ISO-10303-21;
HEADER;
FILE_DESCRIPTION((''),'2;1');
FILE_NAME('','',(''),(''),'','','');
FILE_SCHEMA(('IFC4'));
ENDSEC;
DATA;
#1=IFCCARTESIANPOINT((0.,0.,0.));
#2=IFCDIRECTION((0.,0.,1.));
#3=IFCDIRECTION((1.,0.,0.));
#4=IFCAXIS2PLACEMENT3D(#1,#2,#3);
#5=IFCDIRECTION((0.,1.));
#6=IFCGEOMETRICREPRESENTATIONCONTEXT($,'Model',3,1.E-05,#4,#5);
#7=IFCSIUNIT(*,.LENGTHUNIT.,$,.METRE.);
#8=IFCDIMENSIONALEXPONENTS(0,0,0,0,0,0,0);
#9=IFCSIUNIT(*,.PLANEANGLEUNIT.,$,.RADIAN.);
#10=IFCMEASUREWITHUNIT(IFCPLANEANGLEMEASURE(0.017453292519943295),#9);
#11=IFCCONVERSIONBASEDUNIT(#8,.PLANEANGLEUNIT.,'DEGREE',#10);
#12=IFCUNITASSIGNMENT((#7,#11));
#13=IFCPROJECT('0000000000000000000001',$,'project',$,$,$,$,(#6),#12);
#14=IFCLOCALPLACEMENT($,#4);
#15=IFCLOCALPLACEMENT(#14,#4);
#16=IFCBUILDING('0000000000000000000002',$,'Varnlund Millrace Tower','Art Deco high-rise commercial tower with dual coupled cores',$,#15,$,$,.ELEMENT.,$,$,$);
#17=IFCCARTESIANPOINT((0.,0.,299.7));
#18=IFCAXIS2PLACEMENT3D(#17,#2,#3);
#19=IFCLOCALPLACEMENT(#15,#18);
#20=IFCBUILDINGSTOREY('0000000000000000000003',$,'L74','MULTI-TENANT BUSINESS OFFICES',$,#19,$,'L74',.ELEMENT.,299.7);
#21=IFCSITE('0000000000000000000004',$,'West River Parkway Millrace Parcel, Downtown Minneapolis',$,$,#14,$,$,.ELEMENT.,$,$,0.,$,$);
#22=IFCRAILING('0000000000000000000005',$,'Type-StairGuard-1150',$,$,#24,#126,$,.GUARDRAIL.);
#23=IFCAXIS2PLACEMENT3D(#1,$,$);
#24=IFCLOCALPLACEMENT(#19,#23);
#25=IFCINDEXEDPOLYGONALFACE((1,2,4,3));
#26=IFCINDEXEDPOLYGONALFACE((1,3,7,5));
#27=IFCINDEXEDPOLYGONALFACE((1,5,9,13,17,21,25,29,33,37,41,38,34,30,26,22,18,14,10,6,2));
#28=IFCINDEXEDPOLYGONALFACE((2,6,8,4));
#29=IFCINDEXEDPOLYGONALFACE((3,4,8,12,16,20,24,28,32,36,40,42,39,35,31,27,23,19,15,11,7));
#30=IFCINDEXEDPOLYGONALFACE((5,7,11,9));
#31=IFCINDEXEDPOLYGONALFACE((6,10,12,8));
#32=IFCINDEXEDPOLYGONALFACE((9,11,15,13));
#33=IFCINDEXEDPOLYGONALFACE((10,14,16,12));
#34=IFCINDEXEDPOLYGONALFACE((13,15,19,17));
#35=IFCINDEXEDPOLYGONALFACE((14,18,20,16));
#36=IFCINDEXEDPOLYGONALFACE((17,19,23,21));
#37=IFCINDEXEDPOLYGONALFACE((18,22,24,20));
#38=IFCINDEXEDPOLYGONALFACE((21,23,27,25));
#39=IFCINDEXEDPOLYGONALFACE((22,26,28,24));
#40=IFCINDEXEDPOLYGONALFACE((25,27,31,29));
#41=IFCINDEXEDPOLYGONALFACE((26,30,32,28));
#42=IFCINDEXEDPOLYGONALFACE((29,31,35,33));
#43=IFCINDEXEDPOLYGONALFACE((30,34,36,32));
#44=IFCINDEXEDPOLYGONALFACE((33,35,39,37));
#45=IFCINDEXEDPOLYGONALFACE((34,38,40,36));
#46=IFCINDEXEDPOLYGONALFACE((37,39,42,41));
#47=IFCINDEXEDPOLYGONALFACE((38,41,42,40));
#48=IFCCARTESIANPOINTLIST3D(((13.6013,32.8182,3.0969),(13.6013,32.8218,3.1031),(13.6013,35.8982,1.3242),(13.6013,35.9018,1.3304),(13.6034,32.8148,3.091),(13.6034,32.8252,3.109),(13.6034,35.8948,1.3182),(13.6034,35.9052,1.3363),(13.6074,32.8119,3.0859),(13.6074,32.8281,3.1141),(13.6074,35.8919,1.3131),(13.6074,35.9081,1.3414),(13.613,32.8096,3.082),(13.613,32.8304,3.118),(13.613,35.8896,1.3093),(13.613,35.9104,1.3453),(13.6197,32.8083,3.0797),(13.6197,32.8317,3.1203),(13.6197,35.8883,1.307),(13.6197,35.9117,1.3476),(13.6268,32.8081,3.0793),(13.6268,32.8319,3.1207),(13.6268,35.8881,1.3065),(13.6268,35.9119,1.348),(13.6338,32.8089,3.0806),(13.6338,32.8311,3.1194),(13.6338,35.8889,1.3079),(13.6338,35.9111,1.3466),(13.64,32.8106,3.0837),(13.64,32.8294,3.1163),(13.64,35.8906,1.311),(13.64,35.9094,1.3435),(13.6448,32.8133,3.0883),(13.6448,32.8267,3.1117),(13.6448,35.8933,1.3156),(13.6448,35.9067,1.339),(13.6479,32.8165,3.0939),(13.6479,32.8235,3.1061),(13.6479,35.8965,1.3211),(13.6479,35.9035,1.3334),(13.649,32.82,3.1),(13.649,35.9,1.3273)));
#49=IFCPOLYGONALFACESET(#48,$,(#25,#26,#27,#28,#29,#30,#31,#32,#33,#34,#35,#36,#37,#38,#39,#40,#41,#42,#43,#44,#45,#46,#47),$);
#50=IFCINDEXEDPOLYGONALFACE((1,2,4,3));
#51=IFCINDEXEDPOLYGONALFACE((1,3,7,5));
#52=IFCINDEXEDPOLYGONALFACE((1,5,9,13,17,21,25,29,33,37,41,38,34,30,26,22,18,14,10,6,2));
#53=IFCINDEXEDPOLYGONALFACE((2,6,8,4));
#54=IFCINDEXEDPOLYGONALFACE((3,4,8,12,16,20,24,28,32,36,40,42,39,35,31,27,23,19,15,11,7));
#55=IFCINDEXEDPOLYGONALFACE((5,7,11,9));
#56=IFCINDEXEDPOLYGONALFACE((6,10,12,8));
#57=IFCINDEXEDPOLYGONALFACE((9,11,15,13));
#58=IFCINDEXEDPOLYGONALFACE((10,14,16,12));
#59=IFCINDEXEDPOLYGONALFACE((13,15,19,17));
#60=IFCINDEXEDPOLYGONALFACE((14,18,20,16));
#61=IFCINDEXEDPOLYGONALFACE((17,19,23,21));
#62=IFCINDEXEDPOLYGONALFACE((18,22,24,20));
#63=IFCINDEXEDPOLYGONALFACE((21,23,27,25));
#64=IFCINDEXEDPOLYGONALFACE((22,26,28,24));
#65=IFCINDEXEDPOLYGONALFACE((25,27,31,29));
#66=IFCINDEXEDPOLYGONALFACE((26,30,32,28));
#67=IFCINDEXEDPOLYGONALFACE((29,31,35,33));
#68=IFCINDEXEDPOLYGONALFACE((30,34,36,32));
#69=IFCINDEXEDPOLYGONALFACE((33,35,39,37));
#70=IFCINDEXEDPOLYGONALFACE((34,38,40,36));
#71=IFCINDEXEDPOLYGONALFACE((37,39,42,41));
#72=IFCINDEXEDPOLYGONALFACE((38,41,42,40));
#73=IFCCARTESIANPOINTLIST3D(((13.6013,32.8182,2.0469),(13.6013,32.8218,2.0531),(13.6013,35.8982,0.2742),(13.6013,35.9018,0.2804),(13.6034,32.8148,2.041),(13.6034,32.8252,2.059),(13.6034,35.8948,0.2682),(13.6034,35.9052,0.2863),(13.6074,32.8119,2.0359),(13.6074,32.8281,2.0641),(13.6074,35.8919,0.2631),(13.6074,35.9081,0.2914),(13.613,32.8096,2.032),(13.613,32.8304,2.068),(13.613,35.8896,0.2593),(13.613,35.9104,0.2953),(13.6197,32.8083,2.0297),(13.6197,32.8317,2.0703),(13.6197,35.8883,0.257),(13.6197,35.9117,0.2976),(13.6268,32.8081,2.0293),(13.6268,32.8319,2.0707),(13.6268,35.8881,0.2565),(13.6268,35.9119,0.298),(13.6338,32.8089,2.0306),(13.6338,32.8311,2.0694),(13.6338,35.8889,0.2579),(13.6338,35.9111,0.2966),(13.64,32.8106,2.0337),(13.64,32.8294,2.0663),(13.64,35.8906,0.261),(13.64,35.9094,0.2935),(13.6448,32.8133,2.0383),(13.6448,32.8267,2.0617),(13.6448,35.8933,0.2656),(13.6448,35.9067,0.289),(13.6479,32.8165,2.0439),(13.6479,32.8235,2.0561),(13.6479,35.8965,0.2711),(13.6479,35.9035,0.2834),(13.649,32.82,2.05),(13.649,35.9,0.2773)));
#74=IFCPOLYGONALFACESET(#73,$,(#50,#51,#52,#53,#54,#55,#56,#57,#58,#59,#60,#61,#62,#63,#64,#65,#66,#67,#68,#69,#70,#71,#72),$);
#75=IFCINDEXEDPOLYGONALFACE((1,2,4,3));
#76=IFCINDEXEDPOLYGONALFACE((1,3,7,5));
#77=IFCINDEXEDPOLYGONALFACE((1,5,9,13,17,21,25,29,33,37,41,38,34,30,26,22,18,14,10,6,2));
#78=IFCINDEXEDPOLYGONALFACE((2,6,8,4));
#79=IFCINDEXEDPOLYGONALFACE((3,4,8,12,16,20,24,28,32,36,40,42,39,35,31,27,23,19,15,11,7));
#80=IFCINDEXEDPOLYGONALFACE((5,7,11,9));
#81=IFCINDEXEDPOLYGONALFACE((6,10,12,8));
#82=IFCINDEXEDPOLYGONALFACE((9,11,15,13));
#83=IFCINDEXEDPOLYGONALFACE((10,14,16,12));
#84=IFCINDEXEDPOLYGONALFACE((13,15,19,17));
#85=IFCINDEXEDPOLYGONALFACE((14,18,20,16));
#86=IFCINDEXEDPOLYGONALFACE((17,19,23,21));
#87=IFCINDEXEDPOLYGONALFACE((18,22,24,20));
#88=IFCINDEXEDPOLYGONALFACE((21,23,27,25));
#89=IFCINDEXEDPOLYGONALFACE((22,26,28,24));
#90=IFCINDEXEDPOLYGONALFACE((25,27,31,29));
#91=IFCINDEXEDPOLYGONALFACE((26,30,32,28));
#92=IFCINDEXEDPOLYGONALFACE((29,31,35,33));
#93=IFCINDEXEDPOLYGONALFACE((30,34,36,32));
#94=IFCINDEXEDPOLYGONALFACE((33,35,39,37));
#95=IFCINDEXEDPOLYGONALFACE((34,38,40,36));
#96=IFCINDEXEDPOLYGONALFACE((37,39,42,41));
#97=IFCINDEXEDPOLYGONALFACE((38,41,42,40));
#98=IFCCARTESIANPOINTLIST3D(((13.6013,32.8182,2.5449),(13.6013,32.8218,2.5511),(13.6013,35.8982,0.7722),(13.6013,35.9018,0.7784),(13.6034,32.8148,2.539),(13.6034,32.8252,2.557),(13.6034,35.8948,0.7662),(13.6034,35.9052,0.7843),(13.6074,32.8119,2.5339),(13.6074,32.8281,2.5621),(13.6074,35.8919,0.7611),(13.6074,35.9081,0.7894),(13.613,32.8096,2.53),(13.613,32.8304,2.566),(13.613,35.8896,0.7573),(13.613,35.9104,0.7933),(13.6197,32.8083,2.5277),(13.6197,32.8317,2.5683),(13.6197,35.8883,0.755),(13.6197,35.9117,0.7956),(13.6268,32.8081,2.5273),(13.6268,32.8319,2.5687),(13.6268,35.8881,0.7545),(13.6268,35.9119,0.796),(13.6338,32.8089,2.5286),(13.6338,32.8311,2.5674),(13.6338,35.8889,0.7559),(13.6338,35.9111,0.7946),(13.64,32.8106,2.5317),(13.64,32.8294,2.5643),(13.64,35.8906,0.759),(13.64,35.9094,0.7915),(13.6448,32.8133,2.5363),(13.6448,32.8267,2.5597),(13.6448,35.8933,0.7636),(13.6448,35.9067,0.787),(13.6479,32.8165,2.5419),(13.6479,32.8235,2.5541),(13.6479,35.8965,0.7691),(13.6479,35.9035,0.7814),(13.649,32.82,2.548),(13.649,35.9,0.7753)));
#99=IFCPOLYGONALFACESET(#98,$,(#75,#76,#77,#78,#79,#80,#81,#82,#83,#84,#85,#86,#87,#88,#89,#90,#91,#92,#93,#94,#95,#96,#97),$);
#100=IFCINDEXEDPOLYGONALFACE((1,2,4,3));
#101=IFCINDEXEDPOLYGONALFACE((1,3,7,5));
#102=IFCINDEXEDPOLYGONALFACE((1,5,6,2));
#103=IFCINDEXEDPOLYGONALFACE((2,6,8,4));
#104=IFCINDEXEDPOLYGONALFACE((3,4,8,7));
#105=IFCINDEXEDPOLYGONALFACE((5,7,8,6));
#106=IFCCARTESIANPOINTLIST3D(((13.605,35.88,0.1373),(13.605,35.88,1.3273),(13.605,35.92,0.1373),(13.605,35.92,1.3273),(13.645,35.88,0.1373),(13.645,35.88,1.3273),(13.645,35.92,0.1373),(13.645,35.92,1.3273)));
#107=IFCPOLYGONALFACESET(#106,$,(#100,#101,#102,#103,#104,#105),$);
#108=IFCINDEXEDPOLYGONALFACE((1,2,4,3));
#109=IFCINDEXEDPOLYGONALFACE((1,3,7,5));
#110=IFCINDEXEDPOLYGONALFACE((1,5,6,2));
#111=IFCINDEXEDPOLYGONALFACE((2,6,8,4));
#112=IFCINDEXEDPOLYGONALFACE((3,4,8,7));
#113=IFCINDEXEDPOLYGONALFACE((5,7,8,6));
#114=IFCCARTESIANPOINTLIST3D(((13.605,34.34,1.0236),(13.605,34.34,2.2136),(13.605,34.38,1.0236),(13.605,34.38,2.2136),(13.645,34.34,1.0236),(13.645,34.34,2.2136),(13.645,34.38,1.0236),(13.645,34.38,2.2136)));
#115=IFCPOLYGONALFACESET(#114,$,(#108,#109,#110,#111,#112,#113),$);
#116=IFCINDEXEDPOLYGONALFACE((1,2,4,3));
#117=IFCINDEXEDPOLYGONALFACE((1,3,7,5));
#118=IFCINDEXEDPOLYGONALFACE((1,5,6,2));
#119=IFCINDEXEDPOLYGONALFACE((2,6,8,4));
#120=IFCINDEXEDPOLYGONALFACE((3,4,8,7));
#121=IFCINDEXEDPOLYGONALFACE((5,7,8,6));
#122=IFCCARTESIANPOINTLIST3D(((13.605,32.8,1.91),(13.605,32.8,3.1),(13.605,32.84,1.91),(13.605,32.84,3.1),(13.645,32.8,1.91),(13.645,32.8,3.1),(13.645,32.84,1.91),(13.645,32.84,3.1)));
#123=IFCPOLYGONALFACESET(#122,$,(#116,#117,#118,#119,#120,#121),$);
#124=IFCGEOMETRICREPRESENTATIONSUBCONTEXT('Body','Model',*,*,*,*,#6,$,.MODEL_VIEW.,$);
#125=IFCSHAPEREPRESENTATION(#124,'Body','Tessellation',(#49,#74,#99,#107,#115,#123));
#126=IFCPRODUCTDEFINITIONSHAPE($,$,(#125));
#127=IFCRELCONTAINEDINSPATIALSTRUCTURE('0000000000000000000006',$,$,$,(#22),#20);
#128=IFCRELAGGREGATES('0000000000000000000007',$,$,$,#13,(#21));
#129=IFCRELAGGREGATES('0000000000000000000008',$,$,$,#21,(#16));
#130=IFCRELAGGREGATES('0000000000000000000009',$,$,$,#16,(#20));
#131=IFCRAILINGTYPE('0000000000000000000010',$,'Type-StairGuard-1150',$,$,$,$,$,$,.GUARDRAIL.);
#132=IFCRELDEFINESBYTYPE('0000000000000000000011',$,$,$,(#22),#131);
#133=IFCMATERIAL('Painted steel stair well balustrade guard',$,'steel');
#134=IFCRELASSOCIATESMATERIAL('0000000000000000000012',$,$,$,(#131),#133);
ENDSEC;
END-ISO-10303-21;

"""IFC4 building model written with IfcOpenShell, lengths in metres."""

from ifc_helpers import new_model, entity, si_unit, converted_unit, direction, frame, origin_with_axes, origin_2d_with_axis, place, context, subcontext, project, spatial, rectangle, circle, extrude, material, type_object, element, save


model = new_model("IFC4")

# Units and contexts
model_context = context("Model", 3, precision=1e-05, world=origin_with_axes(), true_north=direction((0.0, 1.0)))
body_context = subcontext(model_context, "Body", "Model", "MODEL_VIEW")
ifc_project = project(units=[si_unit("LENGTHUNIT", "METRE"), converted_unit("PLANEANGLEUNIT", "DEGREE", entity("IfcPlaneAngleMeasure", 0.017453292519943295), si_unit("PLANEANGLEUNIT", "RADIAN"), dimensions=[0, 0, 0, 0, 0, 0, 0])], contexts=[model_context])

# Site, building, storey
site_placement = place(None, origin_with_axes())
site = spatial("IfcSite", under=ifc_project, at=site_placement, Name="West River Parkway Millrace Parcel, Downtown Minneapolis", CompositionType="ELEMENT", RefElevation=0.0)
building_placement = place(site_placement, origin_with_axes())
building = spatial("IfcBuilding", under=site, at=building_placement, Name="Varnlund Millrace Tower", Description="Art Deco high-rise commercial tower with dual coupled cores", CompositionType="ELEMENT")
storey_placement = place(building_placement, frame((0.0, 0.0, 299.7), z_axis=(0.0, 0.0, 1.0), x_axis=(1.0, 0.0, 0.0)))
storey = spatial("IfcBuildingStorey", under=building, at=storey_placement, Name="L74", Description="MULTI-TENANT BUSINESS OFFICES", LongName="L74", CompositionType="ELEMENT", Elevation=299.7)

# Railing
ifc_material_1 = material(Name="Painted steel stair well balustrade guard", Category="steel")
railing_type_1 = type_object("IfcRailingType", Name="Type-StairGuard-1150", PredefinedType="GUARDRAIL", material=ifc_material_1)
railing_1_placement = place(storey_placement, frame((0.0, 0.0, -299.7), z_axis=(0.0, 0.0, 1.0), x_axis=(1.0, 0.0, 0.0)))
element("IfcRailing", 1, at=railing_1_placement, inside=storey, type_object=railing_type_1, Name="Type-StairGuard-1150", PredefinedType="GUARDRAIL", context=body_context, shape_type="SweptSolid", body=[
    extrude(circle(Radius=0.024, at=origin_2d_with_axis()), frame((13.625, 35.9, 301.0273), z_axis=(0.0, -0.866696, 0.498836), x_axis=(1.0, 0.0, 0.0)), (0.0, 0.0, 1.0), 3.5537),
    extrude(circle(Radius=0.024, at=origin_2d_with_axis()), frame((13.625, 35.9, 299.9773), z_axis=(0.0, -0.866696, 0.498836), x_axis=(1.0, 0.0, 0.0)), (0.0, 0.0, 1.0), 3.5537),
    extrude(circle(Radius=0.024, at=origin_2d_with_axis()), frame((13.625, 35.9, 300.4753), z_axis=(0.0, -0.866696, 0.498836), x_axis=(1.0, 0.0, 0.0)), (0.0, 0.0, 1.0), 3.5537),
    extrude(rectangle(XDim=0.04, YDim=0.04, at=origin_2d_with_axis()), frame((13.625, 35.9, 299.8373), z_axis=(0.0, 0.0, 1.0), x_axis=(1.0, 0.0, 0.0)), (0.0, 0.0, 1.0), 1.19),
    extrude(rectangle(XDim=0.04, YDim=0.04, at=origin_2d_with_axis()), frame((13.625, 34.36, 300.7236), z_axis=(0.0, 0.0, 1.0), x_axis=(1.0, 0.0, 0.0)), (0.0, 0.0, 1.0), 1.19),
    extrude(rectangle(XDim=0.04, YDim=0.04, at=origin_2d_with_axis()), frame((13.625, 32.82, 301.61), z_axis=(0.0, 0.0, 1.0), x_axis=(1.0, 0.0, 0.0)), (0.0, 0.0, 1.0), 1.19),
])

save(model, "model.ifc")
